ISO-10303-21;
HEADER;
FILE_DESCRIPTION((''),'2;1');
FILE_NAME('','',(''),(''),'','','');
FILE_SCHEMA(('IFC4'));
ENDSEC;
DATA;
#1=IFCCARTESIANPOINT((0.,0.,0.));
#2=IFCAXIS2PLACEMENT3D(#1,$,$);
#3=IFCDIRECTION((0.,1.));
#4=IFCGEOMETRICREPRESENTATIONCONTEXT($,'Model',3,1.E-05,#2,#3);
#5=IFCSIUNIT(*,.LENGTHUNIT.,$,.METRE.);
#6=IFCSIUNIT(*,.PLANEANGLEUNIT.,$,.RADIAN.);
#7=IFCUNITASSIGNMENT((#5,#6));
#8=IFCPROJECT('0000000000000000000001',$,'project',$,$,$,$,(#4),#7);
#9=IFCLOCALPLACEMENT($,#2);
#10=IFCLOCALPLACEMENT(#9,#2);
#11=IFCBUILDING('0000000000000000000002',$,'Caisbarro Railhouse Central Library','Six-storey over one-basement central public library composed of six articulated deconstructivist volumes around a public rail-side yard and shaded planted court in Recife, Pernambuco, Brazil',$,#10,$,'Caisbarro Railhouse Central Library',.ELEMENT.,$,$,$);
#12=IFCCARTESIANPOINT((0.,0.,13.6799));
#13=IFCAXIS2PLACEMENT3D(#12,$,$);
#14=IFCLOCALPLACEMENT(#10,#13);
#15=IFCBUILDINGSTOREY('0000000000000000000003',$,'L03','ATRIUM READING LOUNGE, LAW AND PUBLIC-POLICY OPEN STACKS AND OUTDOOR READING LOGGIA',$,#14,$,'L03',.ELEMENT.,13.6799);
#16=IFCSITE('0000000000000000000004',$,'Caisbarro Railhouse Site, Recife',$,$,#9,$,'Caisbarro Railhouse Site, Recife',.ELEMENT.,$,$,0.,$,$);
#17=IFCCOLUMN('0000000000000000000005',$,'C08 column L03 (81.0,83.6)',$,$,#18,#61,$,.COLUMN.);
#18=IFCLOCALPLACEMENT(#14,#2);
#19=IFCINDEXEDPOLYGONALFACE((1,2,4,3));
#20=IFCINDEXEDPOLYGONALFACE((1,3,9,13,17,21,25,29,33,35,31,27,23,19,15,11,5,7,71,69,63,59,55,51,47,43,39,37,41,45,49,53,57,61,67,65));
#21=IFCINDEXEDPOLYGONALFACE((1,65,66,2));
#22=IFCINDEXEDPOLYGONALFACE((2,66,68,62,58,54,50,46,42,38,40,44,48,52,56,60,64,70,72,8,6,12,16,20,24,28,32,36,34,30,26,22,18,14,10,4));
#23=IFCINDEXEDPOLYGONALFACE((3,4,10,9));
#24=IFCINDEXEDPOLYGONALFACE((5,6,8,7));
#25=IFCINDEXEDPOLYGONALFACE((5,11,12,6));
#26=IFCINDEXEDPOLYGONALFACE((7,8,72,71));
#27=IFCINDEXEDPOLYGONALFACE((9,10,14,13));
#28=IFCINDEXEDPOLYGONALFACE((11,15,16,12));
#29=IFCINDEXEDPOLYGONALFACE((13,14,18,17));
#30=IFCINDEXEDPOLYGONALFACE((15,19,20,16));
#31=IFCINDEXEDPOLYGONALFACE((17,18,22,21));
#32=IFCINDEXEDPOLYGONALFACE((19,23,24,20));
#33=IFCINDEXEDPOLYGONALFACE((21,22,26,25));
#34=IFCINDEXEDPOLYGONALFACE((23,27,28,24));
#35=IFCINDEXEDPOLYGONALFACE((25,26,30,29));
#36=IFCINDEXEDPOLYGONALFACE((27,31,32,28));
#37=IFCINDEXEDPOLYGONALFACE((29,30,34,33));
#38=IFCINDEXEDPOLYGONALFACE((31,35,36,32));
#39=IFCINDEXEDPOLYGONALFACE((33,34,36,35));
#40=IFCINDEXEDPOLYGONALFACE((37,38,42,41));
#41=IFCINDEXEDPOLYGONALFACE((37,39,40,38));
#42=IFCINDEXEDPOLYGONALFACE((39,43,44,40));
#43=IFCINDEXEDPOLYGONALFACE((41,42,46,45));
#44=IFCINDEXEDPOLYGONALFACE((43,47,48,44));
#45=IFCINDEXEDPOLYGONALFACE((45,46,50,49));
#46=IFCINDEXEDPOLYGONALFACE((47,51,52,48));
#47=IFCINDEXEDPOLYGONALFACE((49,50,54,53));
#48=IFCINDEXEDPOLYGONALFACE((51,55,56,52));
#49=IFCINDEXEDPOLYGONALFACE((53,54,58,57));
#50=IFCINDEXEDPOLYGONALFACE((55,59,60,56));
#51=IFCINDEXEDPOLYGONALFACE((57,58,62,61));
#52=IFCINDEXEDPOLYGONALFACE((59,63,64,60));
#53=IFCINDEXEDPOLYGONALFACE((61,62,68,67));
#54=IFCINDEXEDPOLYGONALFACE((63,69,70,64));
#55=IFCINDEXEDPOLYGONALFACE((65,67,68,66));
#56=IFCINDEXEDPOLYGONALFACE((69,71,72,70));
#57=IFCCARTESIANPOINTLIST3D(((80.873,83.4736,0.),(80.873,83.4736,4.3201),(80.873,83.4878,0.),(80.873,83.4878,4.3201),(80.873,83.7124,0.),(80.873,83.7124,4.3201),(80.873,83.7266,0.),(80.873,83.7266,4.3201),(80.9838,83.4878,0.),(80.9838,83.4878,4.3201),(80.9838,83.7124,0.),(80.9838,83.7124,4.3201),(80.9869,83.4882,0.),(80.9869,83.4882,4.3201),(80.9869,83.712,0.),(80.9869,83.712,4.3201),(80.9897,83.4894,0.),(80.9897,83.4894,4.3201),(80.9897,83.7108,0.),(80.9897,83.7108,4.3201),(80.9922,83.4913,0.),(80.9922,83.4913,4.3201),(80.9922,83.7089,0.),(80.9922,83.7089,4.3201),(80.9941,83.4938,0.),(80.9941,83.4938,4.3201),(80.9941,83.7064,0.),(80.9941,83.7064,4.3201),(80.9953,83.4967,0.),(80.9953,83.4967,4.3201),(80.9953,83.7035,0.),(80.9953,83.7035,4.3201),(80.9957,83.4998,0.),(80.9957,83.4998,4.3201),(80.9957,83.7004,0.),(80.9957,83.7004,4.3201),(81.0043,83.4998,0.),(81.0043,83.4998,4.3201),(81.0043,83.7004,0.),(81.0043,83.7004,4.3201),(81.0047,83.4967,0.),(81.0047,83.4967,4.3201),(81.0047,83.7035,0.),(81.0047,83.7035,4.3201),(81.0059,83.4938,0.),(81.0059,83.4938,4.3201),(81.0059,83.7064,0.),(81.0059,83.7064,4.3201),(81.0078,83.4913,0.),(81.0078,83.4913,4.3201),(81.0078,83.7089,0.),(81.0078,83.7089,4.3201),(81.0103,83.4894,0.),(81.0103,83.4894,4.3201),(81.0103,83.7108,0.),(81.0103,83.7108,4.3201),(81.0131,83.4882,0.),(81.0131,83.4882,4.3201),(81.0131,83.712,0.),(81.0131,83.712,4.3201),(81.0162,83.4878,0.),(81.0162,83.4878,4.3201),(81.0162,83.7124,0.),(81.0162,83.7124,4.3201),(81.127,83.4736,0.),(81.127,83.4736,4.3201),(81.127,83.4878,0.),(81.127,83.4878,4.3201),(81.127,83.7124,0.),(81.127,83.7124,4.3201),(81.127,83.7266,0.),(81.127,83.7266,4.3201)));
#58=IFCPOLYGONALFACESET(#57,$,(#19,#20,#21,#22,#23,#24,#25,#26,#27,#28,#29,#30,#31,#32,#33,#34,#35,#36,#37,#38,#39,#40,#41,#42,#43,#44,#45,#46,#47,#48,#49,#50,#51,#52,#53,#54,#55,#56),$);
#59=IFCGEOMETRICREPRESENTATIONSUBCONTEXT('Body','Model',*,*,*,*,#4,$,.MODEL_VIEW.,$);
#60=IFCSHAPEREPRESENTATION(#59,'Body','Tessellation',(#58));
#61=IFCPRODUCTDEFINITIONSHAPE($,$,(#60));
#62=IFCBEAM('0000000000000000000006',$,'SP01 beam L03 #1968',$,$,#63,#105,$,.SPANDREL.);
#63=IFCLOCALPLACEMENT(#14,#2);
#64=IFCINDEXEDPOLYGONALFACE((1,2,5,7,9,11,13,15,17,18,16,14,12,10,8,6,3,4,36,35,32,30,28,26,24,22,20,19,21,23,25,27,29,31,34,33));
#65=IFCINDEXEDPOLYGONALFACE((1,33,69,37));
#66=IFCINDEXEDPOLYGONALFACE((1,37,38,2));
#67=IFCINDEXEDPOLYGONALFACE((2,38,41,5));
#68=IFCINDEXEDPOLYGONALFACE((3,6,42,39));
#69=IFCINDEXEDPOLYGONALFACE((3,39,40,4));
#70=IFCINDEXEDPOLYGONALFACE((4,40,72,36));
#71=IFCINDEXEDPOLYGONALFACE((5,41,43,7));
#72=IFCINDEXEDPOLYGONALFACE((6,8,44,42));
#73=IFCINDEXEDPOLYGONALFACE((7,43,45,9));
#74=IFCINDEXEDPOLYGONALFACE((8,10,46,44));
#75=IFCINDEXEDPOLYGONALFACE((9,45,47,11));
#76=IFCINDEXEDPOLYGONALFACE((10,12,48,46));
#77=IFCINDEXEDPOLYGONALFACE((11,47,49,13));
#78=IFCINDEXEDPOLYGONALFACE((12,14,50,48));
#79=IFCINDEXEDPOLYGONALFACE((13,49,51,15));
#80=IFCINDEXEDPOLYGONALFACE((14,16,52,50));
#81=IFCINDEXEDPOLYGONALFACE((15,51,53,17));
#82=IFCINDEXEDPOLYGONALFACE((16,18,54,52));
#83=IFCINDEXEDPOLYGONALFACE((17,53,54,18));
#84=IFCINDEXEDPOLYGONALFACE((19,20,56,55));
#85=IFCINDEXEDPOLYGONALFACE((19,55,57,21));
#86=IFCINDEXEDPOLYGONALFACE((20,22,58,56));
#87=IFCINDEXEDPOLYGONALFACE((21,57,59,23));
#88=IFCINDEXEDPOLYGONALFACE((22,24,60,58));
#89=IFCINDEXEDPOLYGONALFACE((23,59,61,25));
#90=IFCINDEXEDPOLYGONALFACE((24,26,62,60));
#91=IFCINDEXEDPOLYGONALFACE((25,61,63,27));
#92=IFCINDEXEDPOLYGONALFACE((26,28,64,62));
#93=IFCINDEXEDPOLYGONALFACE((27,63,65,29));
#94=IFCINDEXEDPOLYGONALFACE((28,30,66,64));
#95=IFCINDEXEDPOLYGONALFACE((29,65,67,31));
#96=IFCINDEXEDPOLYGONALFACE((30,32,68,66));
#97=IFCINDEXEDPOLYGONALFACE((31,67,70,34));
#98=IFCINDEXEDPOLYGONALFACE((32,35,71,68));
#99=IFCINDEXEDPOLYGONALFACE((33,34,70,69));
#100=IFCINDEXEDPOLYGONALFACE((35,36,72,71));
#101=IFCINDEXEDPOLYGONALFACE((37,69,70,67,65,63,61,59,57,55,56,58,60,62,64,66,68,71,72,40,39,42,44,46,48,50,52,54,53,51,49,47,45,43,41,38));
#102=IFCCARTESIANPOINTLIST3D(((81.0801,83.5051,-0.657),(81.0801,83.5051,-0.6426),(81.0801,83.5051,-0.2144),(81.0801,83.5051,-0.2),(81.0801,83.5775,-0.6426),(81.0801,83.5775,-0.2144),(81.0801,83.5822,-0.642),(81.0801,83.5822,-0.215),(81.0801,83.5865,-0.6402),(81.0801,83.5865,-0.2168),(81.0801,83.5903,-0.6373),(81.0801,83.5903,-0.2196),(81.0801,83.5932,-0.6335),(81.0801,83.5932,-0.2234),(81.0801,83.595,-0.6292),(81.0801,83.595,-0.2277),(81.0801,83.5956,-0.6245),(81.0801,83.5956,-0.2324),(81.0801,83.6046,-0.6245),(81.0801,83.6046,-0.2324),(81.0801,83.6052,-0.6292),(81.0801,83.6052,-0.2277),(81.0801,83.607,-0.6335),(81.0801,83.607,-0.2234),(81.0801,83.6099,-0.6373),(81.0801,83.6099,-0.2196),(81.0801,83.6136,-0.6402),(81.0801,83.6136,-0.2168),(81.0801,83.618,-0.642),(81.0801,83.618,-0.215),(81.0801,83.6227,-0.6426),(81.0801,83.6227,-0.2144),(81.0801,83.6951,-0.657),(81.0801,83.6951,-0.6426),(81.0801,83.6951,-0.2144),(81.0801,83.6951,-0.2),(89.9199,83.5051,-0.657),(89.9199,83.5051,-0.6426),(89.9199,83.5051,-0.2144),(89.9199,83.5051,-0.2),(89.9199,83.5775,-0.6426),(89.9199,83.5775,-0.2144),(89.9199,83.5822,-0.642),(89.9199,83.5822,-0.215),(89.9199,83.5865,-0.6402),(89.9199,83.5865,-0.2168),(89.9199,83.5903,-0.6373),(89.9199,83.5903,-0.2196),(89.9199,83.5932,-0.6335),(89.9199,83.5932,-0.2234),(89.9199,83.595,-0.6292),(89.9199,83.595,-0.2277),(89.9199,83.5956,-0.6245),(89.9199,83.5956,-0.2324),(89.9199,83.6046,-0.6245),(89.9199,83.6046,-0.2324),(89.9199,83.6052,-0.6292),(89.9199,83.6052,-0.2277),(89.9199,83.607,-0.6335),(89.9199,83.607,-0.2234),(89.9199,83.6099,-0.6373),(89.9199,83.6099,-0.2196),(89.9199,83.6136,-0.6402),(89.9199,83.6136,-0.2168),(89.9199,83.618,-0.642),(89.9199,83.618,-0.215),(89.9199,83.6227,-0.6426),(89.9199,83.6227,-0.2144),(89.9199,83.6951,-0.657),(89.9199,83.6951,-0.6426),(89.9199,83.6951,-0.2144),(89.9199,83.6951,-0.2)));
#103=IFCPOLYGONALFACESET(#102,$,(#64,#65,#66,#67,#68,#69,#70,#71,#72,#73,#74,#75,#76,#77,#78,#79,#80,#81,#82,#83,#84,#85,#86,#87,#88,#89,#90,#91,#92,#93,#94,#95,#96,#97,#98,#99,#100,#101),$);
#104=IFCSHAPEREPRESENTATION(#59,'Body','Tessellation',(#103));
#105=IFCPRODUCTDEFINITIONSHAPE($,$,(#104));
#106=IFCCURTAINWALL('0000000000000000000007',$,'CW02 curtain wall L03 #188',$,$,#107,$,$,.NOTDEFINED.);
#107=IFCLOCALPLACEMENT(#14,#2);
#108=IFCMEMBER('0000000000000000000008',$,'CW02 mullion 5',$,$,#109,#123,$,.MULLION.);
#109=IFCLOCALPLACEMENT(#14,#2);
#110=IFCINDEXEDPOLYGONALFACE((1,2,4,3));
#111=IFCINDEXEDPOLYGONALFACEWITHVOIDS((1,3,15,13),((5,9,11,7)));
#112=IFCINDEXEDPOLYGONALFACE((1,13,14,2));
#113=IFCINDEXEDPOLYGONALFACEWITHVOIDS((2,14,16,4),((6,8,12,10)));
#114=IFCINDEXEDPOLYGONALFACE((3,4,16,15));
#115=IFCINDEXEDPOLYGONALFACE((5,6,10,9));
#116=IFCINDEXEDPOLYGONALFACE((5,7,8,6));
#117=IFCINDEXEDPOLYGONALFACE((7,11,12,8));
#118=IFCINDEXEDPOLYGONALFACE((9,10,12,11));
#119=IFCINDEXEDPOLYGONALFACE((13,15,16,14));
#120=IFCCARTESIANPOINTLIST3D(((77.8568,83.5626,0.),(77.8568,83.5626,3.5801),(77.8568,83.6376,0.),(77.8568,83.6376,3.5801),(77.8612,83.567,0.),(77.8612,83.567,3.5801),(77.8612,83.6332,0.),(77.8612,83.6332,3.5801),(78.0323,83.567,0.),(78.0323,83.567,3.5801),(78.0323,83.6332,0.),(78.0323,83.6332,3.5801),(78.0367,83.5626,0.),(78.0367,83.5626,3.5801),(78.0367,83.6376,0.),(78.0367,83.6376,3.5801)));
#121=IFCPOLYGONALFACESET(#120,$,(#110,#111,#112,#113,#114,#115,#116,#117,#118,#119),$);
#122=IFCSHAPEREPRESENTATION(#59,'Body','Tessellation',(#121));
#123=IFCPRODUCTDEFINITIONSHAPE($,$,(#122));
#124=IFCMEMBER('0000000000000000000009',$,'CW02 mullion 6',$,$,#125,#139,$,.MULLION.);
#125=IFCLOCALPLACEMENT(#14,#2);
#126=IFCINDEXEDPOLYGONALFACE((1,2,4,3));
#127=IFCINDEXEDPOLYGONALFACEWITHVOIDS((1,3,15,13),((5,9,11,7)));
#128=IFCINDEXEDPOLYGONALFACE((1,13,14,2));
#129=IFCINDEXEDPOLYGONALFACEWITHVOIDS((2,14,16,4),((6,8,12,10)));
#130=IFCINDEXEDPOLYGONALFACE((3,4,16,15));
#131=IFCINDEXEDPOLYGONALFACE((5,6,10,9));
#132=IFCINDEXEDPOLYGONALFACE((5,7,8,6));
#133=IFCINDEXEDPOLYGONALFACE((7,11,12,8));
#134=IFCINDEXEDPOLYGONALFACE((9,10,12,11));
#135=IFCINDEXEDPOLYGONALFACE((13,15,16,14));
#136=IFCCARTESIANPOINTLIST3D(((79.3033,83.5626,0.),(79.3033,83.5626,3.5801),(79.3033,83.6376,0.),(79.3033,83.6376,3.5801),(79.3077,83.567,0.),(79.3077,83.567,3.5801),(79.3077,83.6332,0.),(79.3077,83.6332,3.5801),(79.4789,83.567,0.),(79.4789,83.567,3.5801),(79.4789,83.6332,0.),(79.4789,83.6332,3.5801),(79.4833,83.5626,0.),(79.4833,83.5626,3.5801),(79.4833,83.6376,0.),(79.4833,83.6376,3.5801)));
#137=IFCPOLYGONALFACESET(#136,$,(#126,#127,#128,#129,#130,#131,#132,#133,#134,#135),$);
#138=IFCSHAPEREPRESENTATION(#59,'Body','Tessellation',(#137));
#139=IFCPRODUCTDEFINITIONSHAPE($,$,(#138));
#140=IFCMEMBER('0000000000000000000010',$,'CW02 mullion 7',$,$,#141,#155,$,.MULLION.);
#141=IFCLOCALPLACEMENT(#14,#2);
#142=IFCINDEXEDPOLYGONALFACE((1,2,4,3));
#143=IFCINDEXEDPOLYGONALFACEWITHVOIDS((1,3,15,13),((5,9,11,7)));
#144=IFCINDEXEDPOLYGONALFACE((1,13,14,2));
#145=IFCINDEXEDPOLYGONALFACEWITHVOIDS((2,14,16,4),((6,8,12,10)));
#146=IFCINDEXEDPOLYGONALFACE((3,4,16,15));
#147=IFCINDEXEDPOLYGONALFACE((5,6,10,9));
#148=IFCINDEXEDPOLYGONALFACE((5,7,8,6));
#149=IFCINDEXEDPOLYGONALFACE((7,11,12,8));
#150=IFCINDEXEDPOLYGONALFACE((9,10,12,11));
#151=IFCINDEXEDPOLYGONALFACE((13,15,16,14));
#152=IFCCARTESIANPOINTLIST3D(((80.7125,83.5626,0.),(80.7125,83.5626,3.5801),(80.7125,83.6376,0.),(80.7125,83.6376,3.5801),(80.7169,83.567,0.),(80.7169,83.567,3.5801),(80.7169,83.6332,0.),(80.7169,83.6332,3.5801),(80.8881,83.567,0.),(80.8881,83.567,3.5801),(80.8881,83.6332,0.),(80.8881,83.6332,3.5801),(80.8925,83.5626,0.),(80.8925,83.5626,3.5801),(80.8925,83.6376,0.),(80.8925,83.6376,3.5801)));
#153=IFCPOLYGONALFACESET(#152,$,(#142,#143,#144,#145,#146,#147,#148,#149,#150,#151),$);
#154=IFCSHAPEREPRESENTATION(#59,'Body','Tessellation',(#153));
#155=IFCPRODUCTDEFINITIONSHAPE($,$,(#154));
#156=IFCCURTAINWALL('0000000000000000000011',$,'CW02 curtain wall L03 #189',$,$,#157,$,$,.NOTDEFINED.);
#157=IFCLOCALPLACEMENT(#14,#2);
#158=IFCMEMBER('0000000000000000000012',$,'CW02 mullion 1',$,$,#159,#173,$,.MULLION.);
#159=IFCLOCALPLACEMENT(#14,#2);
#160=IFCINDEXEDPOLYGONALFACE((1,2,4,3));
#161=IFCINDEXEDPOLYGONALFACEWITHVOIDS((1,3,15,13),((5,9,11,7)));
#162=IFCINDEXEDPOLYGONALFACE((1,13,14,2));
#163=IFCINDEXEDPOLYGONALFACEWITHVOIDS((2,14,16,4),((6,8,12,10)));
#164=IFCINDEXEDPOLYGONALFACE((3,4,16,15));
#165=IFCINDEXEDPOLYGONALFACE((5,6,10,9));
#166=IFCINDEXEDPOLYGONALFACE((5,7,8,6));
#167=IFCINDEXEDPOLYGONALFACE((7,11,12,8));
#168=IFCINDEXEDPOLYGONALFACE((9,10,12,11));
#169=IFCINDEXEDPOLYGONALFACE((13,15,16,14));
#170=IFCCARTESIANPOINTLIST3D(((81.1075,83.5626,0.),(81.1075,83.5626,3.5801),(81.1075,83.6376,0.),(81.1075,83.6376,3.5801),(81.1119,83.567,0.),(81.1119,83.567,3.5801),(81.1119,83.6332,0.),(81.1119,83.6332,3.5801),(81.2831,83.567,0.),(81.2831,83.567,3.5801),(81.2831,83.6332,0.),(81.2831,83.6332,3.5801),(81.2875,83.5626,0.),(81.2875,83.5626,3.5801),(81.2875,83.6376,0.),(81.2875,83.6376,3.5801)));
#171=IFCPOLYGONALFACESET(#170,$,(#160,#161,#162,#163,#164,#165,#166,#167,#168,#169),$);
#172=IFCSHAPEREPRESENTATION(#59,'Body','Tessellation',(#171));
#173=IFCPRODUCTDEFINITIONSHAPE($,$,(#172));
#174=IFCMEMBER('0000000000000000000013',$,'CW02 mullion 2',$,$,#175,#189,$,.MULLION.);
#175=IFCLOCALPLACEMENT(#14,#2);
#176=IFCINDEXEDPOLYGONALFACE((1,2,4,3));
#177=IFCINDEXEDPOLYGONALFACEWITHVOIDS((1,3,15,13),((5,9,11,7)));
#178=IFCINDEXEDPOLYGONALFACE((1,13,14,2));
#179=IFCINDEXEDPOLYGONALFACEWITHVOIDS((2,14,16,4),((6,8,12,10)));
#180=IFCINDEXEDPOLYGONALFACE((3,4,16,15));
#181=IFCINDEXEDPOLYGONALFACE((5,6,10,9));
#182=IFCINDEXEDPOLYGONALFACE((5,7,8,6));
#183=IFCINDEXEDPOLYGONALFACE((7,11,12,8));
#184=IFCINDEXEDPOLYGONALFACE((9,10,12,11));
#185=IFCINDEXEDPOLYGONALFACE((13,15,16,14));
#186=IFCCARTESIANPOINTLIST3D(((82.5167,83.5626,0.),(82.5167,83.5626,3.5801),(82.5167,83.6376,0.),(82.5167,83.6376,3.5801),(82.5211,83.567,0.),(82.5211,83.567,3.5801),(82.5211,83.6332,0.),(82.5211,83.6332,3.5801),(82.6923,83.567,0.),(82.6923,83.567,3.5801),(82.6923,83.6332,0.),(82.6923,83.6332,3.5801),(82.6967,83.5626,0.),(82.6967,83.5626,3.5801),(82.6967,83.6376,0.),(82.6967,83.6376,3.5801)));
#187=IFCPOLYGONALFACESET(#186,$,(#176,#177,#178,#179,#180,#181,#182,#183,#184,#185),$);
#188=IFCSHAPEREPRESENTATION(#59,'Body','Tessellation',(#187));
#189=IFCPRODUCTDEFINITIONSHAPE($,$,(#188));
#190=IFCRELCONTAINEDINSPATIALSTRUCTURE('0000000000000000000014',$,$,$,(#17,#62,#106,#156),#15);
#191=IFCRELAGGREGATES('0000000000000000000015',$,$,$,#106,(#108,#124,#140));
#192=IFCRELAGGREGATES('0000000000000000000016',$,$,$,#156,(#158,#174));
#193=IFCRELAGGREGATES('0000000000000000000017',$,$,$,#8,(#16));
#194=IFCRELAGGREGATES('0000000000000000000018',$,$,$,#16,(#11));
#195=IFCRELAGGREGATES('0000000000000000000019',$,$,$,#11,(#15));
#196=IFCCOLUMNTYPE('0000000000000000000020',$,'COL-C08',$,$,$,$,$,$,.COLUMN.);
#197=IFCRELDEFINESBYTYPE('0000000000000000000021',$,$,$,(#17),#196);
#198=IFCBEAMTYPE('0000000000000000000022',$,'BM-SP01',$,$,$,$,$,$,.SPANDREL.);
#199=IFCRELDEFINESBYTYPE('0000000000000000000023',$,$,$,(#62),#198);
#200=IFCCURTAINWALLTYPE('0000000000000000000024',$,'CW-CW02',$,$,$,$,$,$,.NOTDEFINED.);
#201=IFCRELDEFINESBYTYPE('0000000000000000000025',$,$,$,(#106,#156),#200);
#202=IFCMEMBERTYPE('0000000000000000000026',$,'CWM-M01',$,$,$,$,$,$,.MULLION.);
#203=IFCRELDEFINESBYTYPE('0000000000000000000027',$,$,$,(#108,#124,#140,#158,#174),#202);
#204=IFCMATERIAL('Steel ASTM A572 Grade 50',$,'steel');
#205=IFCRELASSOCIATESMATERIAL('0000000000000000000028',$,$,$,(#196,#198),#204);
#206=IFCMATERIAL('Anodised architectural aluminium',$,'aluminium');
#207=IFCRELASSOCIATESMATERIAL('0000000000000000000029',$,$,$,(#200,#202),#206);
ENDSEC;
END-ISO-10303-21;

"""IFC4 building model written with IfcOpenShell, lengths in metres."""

from ifc_helpers import new_model, si_unit, direction, frame, origin, origin_2d, place, context, subcontext, project, spatial, hollow_rectangle, i_section, extrude, material, material_profile, profile_set, type_object, element, aggregate, save


model = new_model("IFC4")

# Units and contexts
model_context = context("Model", 3, precision=1e-05, world=origin(), true_north=direction((0.0, 1.0)))
body_context = subcontext(model_context, "Body", "Model", "MODEL_VIEW")
ifc_project = project(units=[si_unit("LENGTHUNIT", "METRE"), si_unit("PLANEANGLEUNIT", "RADIAN")], contexts=[model_context])

# Site, building, storey
site_placement = place(None, origin())
site = spatial("IfcSite", under=ifc_project, at=site_placement, Name="Caisbarro Railhouse Site, Recife", LongName="Caisbarro Railhouse Site, Recife", CompositionType="ELEMENT", RefElevation=0.0)
building_placement = place(site_placement, origin())
building = spatial("IfcBuilding", under=site, at=building_placement, Name="Caisbarro Railhouse Central Library", Description="Six-storey over one-basement central public library composed of six articulated deconstructivist volumes around a public rail-side yard and shaded planted court in Recife, Pernambuco, Brazil", LongName="Caisbarro Railhouse Central Library", CompositionType="ELEMENT")
storey_placement = place(building_placement, frame((0.0, 0.0, 13.6799)))
storey = spatial("IfcBuildingStorey", under=building, at=storey_placement, Name="L03", Description="ATRIUM READING LOUNGE, LAW AND PUBLIC-POLICY OPEN STACKS AND OUTDOOR READING LOGGIA", LongName="L03", CompositionType="ELEMENT", Elevation=13.6799)

# Column
ifc_material_1 = material(Name="Steel ASTM A572 Grade 50", Category="steel")
ifc_material_profile_1 = material_profile(ifc_material_1, i_section(OverallWidth=0.2539, OverallDepth=0.2529, WebThickness=0.0085, FlangeThickness=0.0142, FilletRadius=0.012, at=origin_2d()), Name="W250X73.0")
ifc_profile_set_1 = profile_set([ifc_material_profile_1], Name="Steel ASTM A572 Grade 50")
column_type = type_object("IfcColumnType", Name="COL-C08", PredefinedType="COLUMN", material=ifc_profile_set_1)
column_placement = place(storey_placement, frame((81.0, 83.6001, 0.0), z_axis=(0.0, 0.0, 1.0), x_axis=(1.0, 0.0, 0.0)))
element("IfcColumn", 1, at=column_placement, inside=storey, type_object=column_type, Name="C08 column L03 (81.0,83.6)", PredefinedType="COLUMN", context=body_context, shape_type="SweptSolid", body=[
    extrude(i_section(OverallWidth=0.2539, OverallDepth=0.2529, WebThickness=0.0085, FlangeThickness=0.0142, FilletRadius=0.012, at=origin_2d()), origin(), (0.0, 0.0, 1.0), 4.3201),
])

# Beam
ifc_material_profile_2 = material_profile(ifc_material_1, i_section(OverallWidth=0.1899, OverallDepth=0.457, WebThickness=0.009, FlangeThickness=0.0144, FilletRadius=0.0181, at=origin_2d()), Name="W460X74.0")
ifc_profile_set_2 = profile_set([ifc_material_profile_2], Name="Steel ASTM A572 Grade 50")
beam_type = type_object("IfcBeamType", Name="BM-SP01", PredefinedType="SPANDREL", material=ifc_profile_set_2)
beam_placement = place(storey_placement, frame((81.0801, 83.6001, -0.4285), z_axis=(1.0, 0.0, 0.0), x_axis=(0.0, 1.0, 0.0)))
element("IfcBeam", 2, at=beam_placement, inside=storey, type_object=beam_type, Name="SP01 beam L03 #1968", PredefinedType="SPANDREL", context=body_context, shape_type="SweptSolid", body=[
    extrude(i_section(OverallWidth=0.1899, OverallDepth=0.457, WebThickness=0.009, FlangeThickness=0.0144, FilletRadius=0.0181, at=origin_2d()), origin(), (0.0, 0.0, 1.0), 8.8398),
])

# Curtain walls, members
ifc_material_2 = material(Name="Anodised architectural aluminium", Category="aluminium")
curtain_wall_type = type_object("IfcCurtainWallType", Name="CW-CW02", PredefinedType="NOTDEFINED", material=ifc_material_2)
curtain_wall_1_placement = place(storey_placement, origin())
curtain_wall_1 = element("IfcCurtainWall", 3, at=curtain_wall_1_placement, inside=storey, type_object=curtain_wall_type, Name="CW02 curtain wall L03 #188", PredefinedType="NOTDEFINED")
ifc_material_profile_3 = material_profile(ifc_material_2, hollow_rectangle(XDim=0.075, YDim=0.1799, WallThickness=0.0044, at=origin_2d()), Name="ALU-MUL-75X180")
ifc_profile_set_3 = profile_set([ifc_material_profile_3], Name="Anodised architectural aluminium")
member_type_1 = type_object("IfcMemberType", Name="CWM-M01", PredefinedType="MULLION", material=ifc_profile_set_3)
member_1_placement = place(storey_placement, frame((77.9468, 83.6001, 0.0), z_axis=(0.0, 0.0, 1.0), x_axis=(0.0, 1.0, 0.0)))
member_1 = element("IfcMember", 4, at=member_1_placement, type_object=member_type_1, Name="CW02 mullion 5", PredefinedType="MULLION", context=body_context, shape_type="SweptSolid", body=[
    extrude(hollow_rectangle(XDim=0.075, YDim=0.1799, WallThickness=0.0044, at=origin_2d()), origin(), (0.0, 0.0, 1.0), 3.5801),
])
member_2_placement = place(storey_placement, frame((79.3933, 83.6001, 0.0), z_axis=(0.0, 0.0, 1.0), x_axis=(0.0, 1.0, 0.0)))
member_2 = element("IfcMember", 5, at=member_2_placement, type_object=member_type_1, Name="CW02 mullion 6", PredefinedType="MULLION", context=body_context, shape_type="SweptSolid", body=[
    extrude(hollow_rectangle(XDim=0.075, YDim=0.1799, WallThickness=0.0044, at=origin_2d()), origin(), (0.0, 0.0, 1.0), 3.5801),
])
member_3_placement = place(storey_placement, frame((80.8025, 83.6001, 0.0), z_axis=(0.0, 0.0, 1.0), x_axis=(0.0, 1.0, 0.0)))
member_3 = element("IfcMember", 6, at=member_3_placement, type_object=member_type_1, Name="CW02 mullion 7", PredefinedType="MULLION", context=body_context, shape_type="SweptSolid", body=[
    extrude(hollow_rectangle(XDim=0.075, YDim=0.1799, WallThickness=0.0044, at=origin_2d()), origin(), (0.0, 0.0, 1.0), 3.5801),
])
curtain_wall_2_placement = place(storey_placement, origin())
curtain_wall_2 = element("IfcCurtainWall", 7, at=curtain_wall_2_placement, inside=storey, type_object=curtain_wall_type, Name="CW02 curtain wall L03 #189", PredefinedType="NOTDEFINED")
member_4_placement = place(storey_placement, frame((81.1975, 83.6001, 0.0), z_axis=(0.0, 0.0, 1.0), x_axis=(0.0, 1.0, 0.0)))
member_4 = element("IfcMember", 8, at=member_4_placement, type_object=member_type_1, Name="CW02 mullion 1", PredefinedType="MULLION", context=body_context, shape_type="SweptSolid", body=[
    extrude(hollow_rectangle(XDim=0.075, YDim=0.1799, WallThickness=0.0044, at=origin_2d()), origin(), (0.0, 0.0, 1.0), 3.5801),
])
member_5_placement = place(storey_placement, frame((82.6067, 83.6001, 0.0), z_axis=(0.0, 0.0, 1.0), x_axis=(0.0, 1.0, 0.0)))
member_5 = element("IfcMember", 9, at=member_5_placement, type_object=member_type_1, Name="CW02 mullion 2", PredefinedType="MULLION", context=body_context, shape_type="SweptSolid", body=[
    extrude(hollow_rectangle(XDim=0.075, YDim=0.1799, WallThickness=0.0044, at=origin_2d()), origin(), (0.0, 0.0, 1.0), 3.5801),
])

aggregate(curtain_wall_1, [member_1, member_2, member_3])
aggregate(curtain_wall_2, [member_4, member_5])

save(model, "model.ifc")
